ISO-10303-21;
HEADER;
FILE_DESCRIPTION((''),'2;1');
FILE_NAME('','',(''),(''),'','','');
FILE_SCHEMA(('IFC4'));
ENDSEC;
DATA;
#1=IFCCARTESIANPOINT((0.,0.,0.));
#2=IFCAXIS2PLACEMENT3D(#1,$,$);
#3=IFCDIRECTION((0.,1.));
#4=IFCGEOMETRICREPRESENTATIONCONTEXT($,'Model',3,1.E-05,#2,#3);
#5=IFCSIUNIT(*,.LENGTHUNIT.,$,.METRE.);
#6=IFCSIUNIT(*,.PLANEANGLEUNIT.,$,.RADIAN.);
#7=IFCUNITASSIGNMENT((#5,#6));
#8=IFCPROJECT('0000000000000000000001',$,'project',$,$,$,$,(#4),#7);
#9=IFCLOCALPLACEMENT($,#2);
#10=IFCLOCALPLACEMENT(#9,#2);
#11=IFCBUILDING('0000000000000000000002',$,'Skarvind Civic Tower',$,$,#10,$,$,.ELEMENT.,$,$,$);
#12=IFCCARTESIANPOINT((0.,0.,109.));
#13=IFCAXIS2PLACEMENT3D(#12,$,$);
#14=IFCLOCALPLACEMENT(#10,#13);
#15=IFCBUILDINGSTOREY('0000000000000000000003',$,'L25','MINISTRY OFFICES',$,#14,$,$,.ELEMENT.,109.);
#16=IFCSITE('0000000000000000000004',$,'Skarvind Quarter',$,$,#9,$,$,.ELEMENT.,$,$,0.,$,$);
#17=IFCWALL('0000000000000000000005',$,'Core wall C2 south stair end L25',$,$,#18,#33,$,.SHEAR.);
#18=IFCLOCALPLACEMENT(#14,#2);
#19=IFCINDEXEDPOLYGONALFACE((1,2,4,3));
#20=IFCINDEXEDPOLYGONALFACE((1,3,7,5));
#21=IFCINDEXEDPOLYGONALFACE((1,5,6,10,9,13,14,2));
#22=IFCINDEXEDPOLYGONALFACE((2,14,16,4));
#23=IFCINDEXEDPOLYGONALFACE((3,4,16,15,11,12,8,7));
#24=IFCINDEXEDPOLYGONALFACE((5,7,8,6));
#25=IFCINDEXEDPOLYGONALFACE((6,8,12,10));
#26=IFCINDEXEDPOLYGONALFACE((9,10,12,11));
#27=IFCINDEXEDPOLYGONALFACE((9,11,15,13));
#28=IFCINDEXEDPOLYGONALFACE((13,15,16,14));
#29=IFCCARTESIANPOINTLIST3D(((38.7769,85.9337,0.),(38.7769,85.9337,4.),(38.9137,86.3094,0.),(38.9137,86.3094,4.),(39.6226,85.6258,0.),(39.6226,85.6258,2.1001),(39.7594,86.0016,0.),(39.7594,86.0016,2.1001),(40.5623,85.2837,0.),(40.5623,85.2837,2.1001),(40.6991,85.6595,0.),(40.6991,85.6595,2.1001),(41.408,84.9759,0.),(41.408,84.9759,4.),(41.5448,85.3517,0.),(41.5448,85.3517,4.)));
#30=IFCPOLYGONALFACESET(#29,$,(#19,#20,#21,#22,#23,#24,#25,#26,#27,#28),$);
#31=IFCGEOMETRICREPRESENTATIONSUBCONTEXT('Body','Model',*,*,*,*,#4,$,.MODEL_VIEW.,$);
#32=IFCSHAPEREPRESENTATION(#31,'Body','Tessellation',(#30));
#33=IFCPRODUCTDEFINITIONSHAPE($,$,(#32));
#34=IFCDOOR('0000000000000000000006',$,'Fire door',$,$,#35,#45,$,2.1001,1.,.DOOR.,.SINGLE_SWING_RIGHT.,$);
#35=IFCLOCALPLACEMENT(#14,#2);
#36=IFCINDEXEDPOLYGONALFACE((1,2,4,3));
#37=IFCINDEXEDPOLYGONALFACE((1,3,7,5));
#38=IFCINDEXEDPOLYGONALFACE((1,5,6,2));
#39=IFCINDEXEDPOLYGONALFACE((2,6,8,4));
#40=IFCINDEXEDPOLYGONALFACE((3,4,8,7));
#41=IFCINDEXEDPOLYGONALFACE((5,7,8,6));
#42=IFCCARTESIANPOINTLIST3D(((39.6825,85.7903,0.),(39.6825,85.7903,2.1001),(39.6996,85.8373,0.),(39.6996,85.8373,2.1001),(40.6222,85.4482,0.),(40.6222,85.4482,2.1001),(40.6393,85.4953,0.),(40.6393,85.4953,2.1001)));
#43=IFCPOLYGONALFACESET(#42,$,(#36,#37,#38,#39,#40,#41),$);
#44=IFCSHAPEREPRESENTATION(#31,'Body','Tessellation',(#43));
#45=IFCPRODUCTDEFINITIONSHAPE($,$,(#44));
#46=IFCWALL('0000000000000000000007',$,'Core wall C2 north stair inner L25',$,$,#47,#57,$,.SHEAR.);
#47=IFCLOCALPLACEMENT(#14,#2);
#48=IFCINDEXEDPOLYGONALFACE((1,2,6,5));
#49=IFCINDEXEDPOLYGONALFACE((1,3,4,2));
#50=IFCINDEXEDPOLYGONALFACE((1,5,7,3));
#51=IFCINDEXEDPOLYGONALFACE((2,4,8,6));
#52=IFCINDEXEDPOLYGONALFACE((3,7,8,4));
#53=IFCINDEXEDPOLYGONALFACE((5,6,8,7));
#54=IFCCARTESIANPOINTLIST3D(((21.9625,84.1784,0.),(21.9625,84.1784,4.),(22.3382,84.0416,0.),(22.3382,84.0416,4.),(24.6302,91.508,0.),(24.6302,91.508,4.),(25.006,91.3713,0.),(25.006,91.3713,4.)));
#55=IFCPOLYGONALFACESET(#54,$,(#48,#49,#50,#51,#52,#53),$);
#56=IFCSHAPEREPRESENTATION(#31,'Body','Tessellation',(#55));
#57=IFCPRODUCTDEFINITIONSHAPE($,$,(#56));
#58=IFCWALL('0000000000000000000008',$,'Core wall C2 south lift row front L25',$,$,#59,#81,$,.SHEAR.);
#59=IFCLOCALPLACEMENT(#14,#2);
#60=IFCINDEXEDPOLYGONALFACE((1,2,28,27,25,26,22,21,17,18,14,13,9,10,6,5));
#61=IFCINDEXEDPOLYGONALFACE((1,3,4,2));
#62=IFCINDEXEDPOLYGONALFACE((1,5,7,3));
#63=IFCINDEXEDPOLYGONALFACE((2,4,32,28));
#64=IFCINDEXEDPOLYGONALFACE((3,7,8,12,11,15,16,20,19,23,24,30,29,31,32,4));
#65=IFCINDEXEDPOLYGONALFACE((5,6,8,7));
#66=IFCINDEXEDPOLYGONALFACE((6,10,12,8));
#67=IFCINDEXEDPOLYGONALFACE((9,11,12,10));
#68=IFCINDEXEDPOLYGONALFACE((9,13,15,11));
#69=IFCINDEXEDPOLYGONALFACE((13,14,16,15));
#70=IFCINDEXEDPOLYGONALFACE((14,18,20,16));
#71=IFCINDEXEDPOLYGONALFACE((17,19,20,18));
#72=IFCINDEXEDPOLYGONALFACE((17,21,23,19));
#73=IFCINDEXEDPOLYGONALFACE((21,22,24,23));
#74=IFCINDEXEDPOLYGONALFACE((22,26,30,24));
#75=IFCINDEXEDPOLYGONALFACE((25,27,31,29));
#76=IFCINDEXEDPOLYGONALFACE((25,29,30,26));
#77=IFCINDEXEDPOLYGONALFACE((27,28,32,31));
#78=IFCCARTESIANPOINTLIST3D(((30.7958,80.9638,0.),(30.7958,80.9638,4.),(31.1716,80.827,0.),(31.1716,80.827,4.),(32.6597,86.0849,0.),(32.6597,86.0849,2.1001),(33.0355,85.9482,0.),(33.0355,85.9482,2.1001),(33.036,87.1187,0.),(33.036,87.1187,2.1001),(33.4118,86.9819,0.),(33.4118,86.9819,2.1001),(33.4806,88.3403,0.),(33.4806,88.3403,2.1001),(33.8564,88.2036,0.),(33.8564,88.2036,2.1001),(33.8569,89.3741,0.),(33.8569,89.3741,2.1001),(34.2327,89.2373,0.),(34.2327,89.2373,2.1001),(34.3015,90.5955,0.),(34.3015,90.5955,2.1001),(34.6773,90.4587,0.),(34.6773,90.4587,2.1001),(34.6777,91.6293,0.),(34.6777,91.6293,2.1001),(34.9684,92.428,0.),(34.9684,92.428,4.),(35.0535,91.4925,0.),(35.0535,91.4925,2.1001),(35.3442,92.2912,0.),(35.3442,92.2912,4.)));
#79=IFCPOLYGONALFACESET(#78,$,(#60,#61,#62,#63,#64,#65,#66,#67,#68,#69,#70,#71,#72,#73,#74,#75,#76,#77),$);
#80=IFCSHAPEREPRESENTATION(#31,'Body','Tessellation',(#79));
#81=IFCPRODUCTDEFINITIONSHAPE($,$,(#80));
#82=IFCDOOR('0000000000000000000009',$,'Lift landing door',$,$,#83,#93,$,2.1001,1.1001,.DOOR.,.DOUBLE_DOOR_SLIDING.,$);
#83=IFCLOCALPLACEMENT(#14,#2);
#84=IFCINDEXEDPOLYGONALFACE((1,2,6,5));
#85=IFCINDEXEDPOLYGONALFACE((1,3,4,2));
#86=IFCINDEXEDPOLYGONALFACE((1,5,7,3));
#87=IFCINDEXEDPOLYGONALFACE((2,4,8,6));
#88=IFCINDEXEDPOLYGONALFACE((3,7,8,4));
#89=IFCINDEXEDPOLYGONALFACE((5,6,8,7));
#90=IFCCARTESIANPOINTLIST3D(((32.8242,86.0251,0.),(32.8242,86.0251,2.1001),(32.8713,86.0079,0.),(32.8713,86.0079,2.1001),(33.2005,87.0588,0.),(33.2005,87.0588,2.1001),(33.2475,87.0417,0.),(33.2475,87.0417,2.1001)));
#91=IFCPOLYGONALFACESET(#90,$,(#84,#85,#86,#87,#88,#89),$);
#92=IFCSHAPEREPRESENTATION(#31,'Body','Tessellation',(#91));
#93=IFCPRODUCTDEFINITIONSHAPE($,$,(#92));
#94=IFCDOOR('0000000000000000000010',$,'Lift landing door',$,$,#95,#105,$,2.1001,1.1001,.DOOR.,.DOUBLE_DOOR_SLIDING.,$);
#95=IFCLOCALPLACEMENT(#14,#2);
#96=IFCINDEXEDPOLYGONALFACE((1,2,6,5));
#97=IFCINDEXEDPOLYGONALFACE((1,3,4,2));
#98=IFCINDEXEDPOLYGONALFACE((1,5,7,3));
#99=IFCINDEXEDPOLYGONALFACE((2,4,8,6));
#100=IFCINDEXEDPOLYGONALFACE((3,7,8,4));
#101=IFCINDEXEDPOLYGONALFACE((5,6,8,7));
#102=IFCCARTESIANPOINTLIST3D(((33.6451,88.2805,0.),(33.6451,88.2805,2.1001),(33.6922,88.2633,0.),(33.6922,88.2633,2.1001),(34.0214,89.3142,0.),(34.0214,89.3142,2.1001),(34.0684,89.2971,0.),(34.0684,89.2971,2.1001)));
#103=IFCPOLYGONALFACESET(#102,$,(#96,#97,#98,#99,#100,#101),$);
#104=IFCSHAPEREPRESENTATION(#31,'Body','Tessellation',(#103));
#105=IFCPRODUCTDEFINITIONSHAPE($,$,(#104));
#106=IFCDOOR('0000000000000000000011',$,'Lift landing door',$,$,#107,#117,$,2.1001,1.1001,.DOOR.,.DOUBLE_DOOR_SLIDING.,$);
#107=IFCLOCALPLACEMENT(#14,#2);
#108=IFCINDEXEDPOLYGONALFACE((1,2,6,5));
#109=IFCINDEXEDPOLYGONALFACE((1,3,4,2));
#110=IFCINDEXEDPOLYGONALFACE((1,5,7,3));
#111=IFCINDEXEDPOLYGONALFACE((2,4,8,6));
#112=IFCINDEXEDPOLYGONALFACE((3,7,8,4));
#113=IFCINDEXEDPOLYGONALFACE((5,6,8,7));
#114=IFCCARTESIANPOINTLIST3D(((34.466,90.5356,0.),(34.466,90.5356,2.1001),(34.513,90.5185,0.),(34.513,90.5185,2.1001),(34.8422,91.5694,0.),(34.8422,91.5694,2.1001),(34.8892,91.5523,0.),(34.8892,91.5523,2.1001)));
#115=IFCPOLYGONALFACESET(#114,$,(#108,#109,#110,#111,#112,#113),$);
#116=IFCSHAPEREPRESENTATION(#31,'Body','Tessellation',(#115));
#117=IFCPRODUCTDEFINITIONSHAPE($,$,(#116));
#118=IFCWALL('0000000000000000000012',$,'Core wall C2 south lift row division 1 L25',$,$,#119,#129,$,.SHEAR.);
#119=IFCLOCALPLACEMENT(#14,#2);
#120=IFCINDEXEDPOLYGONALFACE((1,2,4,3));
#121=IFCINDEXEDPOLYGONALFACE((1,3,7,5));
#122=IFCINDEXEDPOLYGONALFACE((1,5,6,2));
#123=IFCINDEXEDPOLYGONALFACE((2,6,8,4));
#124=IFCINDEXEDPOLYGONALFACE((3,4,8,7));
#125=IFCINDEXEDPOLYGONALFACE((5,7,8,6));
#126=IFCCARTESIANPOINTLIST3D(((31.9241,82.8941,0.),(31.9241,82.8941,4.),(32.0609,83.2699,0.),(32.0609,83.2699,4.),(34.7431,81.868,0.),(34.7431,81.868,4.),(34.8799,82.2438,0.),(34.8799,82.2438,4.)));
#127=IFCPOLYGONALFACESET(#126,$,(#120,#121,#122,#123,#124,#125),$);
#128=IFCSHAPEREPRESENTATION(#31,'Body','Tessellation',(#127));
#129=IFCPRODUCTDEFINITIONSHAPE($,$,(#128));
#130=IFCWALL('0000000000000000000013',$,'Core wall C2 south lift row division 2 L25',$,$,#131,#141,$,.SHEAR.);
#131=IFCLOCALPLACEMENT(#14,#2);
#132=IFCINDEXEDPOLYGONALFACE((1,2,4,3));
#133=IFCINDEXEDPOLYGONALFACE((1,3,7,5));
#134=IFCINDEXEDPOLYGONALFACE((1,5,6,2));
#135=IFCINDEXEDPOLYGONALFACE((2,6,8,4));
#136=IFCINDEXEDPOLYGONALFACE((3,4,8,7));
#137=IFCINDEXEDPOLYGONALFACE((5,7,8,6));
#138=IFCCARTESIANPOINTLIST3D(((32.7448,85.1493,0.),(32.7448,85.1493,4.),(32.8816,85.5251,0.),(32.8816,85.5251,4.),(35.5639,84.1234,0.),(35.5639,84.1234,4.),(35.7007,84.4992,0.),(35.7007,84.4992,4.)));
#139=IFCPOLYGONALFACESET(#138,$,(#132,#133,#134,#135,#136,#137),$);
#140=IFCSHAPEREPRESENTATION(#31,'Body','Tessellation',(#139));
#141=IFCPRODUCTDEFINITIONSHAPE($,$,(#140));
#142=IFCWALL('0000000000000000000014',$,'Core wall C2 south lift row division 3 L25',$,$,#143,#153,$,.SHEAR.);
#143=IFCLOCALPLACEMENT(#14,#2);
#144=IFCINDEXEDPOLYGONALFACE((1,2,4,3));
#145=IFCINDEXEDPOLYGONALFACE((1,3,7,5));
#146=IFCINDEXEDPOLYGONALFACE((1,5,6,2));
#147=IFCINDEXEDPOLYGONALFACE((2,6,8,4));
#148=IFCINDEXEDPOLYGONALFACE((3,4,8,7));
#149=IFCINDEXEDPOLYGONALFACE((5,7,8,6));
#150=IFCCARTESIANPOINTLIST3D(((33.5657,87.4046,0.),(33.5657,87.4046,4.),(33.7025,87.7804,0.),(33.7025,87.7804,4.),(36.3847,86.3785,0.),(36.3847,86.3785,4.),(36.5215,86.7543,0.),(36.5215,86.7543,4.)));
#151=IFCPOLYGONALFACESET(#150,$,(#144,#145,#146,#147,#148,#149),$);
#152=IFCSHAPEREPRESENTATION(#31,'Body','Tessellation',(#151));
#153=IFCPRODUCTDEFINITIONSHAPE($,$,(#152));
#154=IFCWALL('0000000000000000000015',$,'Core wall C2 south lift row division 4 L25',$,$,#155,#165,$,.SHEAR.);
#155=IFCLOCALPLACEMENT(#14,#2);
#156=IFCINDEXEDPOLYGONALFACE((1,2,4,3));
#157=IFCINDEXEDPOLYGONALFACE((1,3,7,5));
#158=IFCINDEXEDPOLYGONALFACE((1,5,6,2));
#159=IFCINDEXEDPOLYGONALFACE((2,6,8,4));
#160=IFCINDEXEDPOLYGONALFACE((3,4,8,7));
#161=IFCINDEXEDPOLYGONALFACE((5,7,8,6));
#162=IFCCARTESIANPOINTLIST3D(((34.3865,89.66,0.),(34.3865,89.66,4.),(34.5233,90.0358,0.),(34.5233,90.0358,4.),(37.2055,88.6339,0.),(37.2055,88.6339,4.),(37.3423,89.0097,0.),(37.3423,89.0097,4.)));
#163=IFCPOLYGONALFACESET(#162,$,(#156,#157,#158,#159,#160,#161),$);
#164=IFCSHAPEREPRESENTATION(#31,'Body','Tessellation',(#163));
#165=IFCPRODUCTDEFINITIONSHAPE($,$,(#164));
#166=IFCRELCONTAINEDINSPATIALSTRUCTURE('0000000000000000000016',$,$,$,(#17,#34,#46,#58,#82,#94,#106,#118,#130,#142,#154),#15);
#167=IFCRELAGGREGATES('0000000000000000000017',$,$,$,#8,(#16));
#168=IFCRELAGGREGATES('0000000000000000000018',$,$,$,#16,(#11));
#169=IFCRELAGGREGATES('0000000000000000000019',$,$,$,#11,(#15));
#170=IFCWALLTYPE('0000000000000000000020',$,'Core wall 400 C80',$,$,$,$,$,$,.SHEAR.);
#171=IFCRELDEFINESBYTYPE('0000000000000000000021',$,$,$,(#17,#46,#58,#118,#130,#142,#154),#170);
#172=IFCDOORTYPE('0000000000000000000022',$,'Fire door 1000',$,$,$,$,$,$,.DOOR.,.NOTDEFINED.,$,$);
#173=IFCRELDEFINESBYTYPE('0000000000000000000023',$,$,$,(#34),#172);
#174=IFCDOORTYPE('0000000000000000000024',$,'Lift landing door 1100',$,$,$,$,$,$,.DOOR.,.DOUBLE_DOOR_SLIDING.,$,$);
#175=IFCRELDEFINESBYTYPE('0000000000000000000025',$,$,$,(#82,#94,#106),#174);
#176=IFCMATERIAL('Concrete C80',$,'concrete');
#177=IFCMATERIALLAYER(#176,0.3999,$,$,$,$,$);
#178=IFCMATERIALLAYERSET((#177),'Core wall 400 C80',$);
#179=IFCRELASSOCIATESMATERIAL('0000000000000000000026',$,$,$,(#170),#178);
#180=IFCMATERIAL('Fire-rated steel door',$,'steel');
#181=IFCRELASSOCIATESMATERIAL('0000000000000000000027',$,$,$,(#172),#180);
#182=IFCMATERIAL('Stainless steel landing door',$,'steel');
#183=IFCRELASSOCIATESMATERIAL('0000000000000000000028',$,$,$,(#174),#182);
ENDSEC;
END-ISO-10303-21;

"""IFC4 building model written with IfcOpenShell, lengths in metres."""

from ifc_helpers import new_model, si_unit, direction, frame, frame_2d, origin, place, context, subcontext, project, spatial, rectangle, extrude, material, layer, layer_set, type_object, element, fill, save


model = new_model("IFC4")

# Units and contexts
model_context = context("Model", 3, precision=1e-05, world=origin(), true_north=direction((0.0, 1.0)))
body_context = subcontext(model_context, "Body", "Model", "MODEL_VIEW")
ifc_project = project(units=[si_unit("LENGTHUNIT", "METRE"), si_unit("PLANEANGLEUNIT", "RADIAN")], contexts=[model_context])

# Site, building, storey
site_placement = place(None, origin())
site = spatial("IfcSite", under=ifc_project, at=site_placement, Name="Skarvind Quarter", CompositionType="ELEMENT", RefElevation=0.0)
building_placement = place(site_placement, origin())
building = spatial("IfcBuilding", under=site, at=building_placement, Name="Skarvind Civic Tower", CompositionType="ELEMENT")
storey_placement = place(building_placement, frame((0.0, 0.0, 109.0)))
storey = spatial("IfcBuildingStorey", under=building, at=storey_placement, Name="L25", Description="MINISTRY OFFICES", CompositionType="ELEMENT", Elevation=109.0)

# Wall, opening, door
ifc_material_1 = material(Name="Concrete C80", Category="concrete")
ifc_layer_1 = layer(ifc_material_1, 0.3999)
ifc_layer_set_1 = layer_set([ifc_layer_1], Name="Core wall 400 C80")
wall_type_1 = type_object("IfcWallType", Name="Core wall 400 C80", PredefinedType="SHEAR", material=ifc_layer_set_1)
wall_1_placement = place(storey_placement, frame((41.4763, 85.1638, 0.0), z_axis=(0.0, 0.0, 1.0), x_axis=(-0.939679, 0.342058, 0.0)))
wall_1 = element("IfcWall", 1, at=wall_1_placement, inside=storey, type_object=wall_type_1, Name="Core wall C2 south stair end L25", PredefinedType="SHEAR", context=body_context, shape_type="SweptSolid", body=[
    extrude(rectangle(XDim=2.8, YDim=0.3999, at=frame_2d((1.3999, 0.0))), origin(), (0.0, 0.0, 1.0), 4.0),
])
opening_1_placement = place(wall_1_placement, frame((0.8999, 0.0, 0.0)))
opening_1 = element("IfcOpeningElement", 2, at=opening_1_placement, cuts=wall_1, PredefinedType="OPENING", context=body_context, shape_type="SweptSolid", body=[
    extrude(rectangle(XDim=1.0, YDim=2.1001, at=frame_2d((0.5, 1.05))), frame((0.0, 0.21, 0.0), z_axis=(0.0, -1.0, 0.0), x_axis=(1.0, 0.0, 0.0)), (0.0, 0.0, 1.0), 0.4199),
])
ifc_material_2 = material(Name="Fire-rated steel door", Category="steel")
door_type_1 = type_object("IfcDoorType", Name="Fire door 1000", OperationType="NOTDEFINED", PredefinedType="DOOR", material=ifc_material_2)
door_1_placement = place(opening_1_placement, origin())
door_1 = element("IfcDoor", 3, at=door_1_placement, inside=storey, type_object=door_type_1, Name="Fire door", OperationType="SINGLE_SWING_RIGHT", OverallHeight=2.1001, OverallWidth=1.0, PredefinedType="DOOR", context=body_context, shape_type="SweptSolid", body=[
    extrude(rectangle(XDim=1.0, YDim=2.1001, at=frame_2d((0.5, 1.05))), frame((0.0, 0.0249, 0.0), z_axis=(0.0, -1.0, 0.0), x_axis=(1.0, 0.0, 0.0)), (0.0, 0.0, 1.0), 0.05),
])
fill(opening_1, door_1)

# Wall
wall_2_placement = place(storey_placement, frame((22.1504, 84.1101, 0.0), z_axis=(0.0, 0.0, 1.0), x_axis=(0.342017, 0.939694, 0.0)))
element("IfcWall", 4, at=wall_2_placement, inside=storey, type_object=wall_type_1, Name="Core wall C2 north stair inner L25", PredefinedType="SHEAR", context=body_context, shape_type="SweptSolid", body=[
    extrude(rectangle(XDim=7.8, YDim=0.3999, at=frame_2d((3.8999, 0.0))), origin(), (0.0, 0.0, 1.0), 4.0),
])

# Wall, openings, doors
wall_3_placement = place(storey_placement, frame((30.9836, 80.8953, 0.0), z_axis=(0.0, 0.0, 1.0), x_axis=(0.342021, 0.939692, 0.0)))
wall_3 = element("IfcWall", 5, at=wall_3_placement, inside=storey, type_object=wall_type_1, Name="Core wall C2 south lift row front L25", PredefinedType="SHEAR", context=body_context, shape_type="SweptSolid", body=[
    extrude(rectangle(XDim=12.2, YDim=0.3999, at=frame_2d((6.1001, 0.0))), origin(), (0.0, 0.0, 1.0), 4.0),
])
opening_2_placement = place(wall_3_placement, frame((5.45, 0.0, 0.0)))
opening_2 = element("IfcOpeningElement", 6, at=opening_2_placement, cuts=wall_3, PredefinedType="OPENING", context=body_context, shape_type="SweptSolid", body=[
    extrude(rectangle(XDim=1.1001, YDim=2.1001, at=frame_2d((0.55, 1.05))), frame((0.0, 0.21, 0.0), z_axis=(0.0, -1.0, 0.0), x_axis=(1.0, 0.0, 0.0)), (0.0, 0.0, 1.0), 0.4199),
])
opening_3_placement = place(wall_3_placement, frame((7.8501, 0.0, 0.0)))
opening_3 = element("IfcOpeningElement", 7, at=opening_3_placement, cuts=wall_3, PredefinedType="OPENING", context=body_context, shape_type="SweptSolid", body=[
    extrude(rectangle(XDim=1.1001, YDim=2.1001, at=frame_2d((0.55, 1.05))), frame((0.0, 0.21, 0.0), z_axis=(0.0, -1.0, 0.0), x_axis=(1.0, 0.0, 0.0)), (0.0, 0.0, 1.0), 0.4199),
])
opening_4_placement = place(wall_3_placement, frame((10.25, 0.0, 0.0)))
opening_4 = element("IfcOpeningElement", 8, at=opening_4_placement, cuts=wall_3, PredefinedType="OPENING", context=body_context, shape_type="SweptSolid", body=[
    extrude(rectangle(XDim=1.1001, YDim=2.1001, at=frame_2d((0.55, 1.05))), frame((0.0, 0.21, 0.0), z_axis=(0.0, -1.0, 0.0), x_axis=(1.0, 0.0, 0.0)), (0.0, 0.0, 1.0), 0.4199),
])
ifc_material_3 = material(Name="Stainless steel landing door", Category="steel")
door_type_2 = type_object("IfcDoorType", Name="Lift landing door 1100", OperationType="DOUBLE_DOOR_SLIDING", PredefinedType="DOOR", material=ifc_material_3)
door_2_placement = place(opening_2_placement, origin())
door_2 = element("IfcDoor", 9, at=door_2_placement, inside=storey, type_object=door_type_2, Name="Lift landing door", OperationType="DOUBLE_DOOR_SLIDING", OverallHeight=2.1001, OverallWidth=1.1001, PredefinedType="DOOR", context=body_context, shape_type="SweptSolid", body=[
    extrude(rectangle(XDim=1.1001, YDim=2.1001, at=frame_2d((0.55, 1.05))), frame((0.0, 0.0249, 0.0), z_axis=(0.0, -1.0, 0.0), x_axis=(1.0, 0.0, 0.0)), (0.0, 0.0, 1.0), 0.05),
])
fill(opening_2, door_2)
door_3_placement = place(opening_3_placement, origin())
door_3 = element("IfcDoor", 10, at=door_3_placement, inside=storey, type_object=door_type_2, Name="Lift landing door", OperationType="DOUBLE_DOOR_SLIDING", OverallHeight=2.1001, OverallWidth=1.1001, PredefinedType="DOOR", context=body_context, shape_type="SweptSolid", body=[
    extrude(rectangle(XDim=1.1001, YDim=2.1001, at=frame_2d((0.55, 1.05))), frame((0.0, 0.0249, 0.0), z_axis=(0.0, -1.0, 0.0), x_axis=(1.0, 0.0, 0.0)), (0.0, 0.0, 1.0), 0.05),
])
fill(opening_3, door_3)
door_4_placement = place(opening_4_placement, origin())
door_4 = element("IfcDoor", 11, at=door_4_placement, inside=storey, type_object=door_type_2, Name="Lift landing door", OperationType="DOUBLE_DOOR_SLIDING", OverallHeight=2.1001, OverallWidth=1.1001, PredefinedType="DOOR", context=body_context, shape_type="SweptSolid", body=[
    extrude(rectangle(XDim=1.1001, YDim=2.1001, at=frame_2d((0.55, 1.05))), frame((0.0, 0.0249, 0.0), z_axis=(0.0, -1.0, 0.0), x_axis=(1.0, 0.0, 0.0)), (0.0, 0.0, 1.0), 0.05),
])
fill(opening_4, door_4)

# Walls
for number, where, z_axis, x_axis, name in (
    (12, (34.8115, 82.0559, 0.0), (0.0, 0.0, 1.0), (-0.939686, 0.342037, 0.0), "Core wall C2 south lift row division 1 L25"),
    (13, (35.6323, 84.3113, 0.0), (0.0, 0.0, 1.0), (-0.939713, 0.341965, 0.0), "Core wall C2 south lift row division 2 L25"),
    (14, (36.4531, 86.5664, 0.0), (0.0, 0.0, 1.0), (-0.939686, 0.342037, 0.0), "Core wall C2 south lift row division 3 L25"),
    (15, (37.2739, 88.8218, 0.0), (0.0, 0.0, 1.0), (-0.939686, 0.342037, 0.0), "Core wall C2 south lift row division 4 L25"),
):
    element("IfcWall", number, at=place(storey_placement, frame(where, z_axis=z_axis, x_axis=x_axis)), inside=storey, type_object=wall_type_1, Name=name, PredefinedType="SHEAR", context=body_context, shape_type="SweptSolid", body=[
        extrude(rectangle(XDim=3.0, YDim=0.3999, at=frame_2d((1.5, 0.0))), origin(), (0.0, 0.0, 1.0), 4.0),
    ])

save(model, "model.ifc")
